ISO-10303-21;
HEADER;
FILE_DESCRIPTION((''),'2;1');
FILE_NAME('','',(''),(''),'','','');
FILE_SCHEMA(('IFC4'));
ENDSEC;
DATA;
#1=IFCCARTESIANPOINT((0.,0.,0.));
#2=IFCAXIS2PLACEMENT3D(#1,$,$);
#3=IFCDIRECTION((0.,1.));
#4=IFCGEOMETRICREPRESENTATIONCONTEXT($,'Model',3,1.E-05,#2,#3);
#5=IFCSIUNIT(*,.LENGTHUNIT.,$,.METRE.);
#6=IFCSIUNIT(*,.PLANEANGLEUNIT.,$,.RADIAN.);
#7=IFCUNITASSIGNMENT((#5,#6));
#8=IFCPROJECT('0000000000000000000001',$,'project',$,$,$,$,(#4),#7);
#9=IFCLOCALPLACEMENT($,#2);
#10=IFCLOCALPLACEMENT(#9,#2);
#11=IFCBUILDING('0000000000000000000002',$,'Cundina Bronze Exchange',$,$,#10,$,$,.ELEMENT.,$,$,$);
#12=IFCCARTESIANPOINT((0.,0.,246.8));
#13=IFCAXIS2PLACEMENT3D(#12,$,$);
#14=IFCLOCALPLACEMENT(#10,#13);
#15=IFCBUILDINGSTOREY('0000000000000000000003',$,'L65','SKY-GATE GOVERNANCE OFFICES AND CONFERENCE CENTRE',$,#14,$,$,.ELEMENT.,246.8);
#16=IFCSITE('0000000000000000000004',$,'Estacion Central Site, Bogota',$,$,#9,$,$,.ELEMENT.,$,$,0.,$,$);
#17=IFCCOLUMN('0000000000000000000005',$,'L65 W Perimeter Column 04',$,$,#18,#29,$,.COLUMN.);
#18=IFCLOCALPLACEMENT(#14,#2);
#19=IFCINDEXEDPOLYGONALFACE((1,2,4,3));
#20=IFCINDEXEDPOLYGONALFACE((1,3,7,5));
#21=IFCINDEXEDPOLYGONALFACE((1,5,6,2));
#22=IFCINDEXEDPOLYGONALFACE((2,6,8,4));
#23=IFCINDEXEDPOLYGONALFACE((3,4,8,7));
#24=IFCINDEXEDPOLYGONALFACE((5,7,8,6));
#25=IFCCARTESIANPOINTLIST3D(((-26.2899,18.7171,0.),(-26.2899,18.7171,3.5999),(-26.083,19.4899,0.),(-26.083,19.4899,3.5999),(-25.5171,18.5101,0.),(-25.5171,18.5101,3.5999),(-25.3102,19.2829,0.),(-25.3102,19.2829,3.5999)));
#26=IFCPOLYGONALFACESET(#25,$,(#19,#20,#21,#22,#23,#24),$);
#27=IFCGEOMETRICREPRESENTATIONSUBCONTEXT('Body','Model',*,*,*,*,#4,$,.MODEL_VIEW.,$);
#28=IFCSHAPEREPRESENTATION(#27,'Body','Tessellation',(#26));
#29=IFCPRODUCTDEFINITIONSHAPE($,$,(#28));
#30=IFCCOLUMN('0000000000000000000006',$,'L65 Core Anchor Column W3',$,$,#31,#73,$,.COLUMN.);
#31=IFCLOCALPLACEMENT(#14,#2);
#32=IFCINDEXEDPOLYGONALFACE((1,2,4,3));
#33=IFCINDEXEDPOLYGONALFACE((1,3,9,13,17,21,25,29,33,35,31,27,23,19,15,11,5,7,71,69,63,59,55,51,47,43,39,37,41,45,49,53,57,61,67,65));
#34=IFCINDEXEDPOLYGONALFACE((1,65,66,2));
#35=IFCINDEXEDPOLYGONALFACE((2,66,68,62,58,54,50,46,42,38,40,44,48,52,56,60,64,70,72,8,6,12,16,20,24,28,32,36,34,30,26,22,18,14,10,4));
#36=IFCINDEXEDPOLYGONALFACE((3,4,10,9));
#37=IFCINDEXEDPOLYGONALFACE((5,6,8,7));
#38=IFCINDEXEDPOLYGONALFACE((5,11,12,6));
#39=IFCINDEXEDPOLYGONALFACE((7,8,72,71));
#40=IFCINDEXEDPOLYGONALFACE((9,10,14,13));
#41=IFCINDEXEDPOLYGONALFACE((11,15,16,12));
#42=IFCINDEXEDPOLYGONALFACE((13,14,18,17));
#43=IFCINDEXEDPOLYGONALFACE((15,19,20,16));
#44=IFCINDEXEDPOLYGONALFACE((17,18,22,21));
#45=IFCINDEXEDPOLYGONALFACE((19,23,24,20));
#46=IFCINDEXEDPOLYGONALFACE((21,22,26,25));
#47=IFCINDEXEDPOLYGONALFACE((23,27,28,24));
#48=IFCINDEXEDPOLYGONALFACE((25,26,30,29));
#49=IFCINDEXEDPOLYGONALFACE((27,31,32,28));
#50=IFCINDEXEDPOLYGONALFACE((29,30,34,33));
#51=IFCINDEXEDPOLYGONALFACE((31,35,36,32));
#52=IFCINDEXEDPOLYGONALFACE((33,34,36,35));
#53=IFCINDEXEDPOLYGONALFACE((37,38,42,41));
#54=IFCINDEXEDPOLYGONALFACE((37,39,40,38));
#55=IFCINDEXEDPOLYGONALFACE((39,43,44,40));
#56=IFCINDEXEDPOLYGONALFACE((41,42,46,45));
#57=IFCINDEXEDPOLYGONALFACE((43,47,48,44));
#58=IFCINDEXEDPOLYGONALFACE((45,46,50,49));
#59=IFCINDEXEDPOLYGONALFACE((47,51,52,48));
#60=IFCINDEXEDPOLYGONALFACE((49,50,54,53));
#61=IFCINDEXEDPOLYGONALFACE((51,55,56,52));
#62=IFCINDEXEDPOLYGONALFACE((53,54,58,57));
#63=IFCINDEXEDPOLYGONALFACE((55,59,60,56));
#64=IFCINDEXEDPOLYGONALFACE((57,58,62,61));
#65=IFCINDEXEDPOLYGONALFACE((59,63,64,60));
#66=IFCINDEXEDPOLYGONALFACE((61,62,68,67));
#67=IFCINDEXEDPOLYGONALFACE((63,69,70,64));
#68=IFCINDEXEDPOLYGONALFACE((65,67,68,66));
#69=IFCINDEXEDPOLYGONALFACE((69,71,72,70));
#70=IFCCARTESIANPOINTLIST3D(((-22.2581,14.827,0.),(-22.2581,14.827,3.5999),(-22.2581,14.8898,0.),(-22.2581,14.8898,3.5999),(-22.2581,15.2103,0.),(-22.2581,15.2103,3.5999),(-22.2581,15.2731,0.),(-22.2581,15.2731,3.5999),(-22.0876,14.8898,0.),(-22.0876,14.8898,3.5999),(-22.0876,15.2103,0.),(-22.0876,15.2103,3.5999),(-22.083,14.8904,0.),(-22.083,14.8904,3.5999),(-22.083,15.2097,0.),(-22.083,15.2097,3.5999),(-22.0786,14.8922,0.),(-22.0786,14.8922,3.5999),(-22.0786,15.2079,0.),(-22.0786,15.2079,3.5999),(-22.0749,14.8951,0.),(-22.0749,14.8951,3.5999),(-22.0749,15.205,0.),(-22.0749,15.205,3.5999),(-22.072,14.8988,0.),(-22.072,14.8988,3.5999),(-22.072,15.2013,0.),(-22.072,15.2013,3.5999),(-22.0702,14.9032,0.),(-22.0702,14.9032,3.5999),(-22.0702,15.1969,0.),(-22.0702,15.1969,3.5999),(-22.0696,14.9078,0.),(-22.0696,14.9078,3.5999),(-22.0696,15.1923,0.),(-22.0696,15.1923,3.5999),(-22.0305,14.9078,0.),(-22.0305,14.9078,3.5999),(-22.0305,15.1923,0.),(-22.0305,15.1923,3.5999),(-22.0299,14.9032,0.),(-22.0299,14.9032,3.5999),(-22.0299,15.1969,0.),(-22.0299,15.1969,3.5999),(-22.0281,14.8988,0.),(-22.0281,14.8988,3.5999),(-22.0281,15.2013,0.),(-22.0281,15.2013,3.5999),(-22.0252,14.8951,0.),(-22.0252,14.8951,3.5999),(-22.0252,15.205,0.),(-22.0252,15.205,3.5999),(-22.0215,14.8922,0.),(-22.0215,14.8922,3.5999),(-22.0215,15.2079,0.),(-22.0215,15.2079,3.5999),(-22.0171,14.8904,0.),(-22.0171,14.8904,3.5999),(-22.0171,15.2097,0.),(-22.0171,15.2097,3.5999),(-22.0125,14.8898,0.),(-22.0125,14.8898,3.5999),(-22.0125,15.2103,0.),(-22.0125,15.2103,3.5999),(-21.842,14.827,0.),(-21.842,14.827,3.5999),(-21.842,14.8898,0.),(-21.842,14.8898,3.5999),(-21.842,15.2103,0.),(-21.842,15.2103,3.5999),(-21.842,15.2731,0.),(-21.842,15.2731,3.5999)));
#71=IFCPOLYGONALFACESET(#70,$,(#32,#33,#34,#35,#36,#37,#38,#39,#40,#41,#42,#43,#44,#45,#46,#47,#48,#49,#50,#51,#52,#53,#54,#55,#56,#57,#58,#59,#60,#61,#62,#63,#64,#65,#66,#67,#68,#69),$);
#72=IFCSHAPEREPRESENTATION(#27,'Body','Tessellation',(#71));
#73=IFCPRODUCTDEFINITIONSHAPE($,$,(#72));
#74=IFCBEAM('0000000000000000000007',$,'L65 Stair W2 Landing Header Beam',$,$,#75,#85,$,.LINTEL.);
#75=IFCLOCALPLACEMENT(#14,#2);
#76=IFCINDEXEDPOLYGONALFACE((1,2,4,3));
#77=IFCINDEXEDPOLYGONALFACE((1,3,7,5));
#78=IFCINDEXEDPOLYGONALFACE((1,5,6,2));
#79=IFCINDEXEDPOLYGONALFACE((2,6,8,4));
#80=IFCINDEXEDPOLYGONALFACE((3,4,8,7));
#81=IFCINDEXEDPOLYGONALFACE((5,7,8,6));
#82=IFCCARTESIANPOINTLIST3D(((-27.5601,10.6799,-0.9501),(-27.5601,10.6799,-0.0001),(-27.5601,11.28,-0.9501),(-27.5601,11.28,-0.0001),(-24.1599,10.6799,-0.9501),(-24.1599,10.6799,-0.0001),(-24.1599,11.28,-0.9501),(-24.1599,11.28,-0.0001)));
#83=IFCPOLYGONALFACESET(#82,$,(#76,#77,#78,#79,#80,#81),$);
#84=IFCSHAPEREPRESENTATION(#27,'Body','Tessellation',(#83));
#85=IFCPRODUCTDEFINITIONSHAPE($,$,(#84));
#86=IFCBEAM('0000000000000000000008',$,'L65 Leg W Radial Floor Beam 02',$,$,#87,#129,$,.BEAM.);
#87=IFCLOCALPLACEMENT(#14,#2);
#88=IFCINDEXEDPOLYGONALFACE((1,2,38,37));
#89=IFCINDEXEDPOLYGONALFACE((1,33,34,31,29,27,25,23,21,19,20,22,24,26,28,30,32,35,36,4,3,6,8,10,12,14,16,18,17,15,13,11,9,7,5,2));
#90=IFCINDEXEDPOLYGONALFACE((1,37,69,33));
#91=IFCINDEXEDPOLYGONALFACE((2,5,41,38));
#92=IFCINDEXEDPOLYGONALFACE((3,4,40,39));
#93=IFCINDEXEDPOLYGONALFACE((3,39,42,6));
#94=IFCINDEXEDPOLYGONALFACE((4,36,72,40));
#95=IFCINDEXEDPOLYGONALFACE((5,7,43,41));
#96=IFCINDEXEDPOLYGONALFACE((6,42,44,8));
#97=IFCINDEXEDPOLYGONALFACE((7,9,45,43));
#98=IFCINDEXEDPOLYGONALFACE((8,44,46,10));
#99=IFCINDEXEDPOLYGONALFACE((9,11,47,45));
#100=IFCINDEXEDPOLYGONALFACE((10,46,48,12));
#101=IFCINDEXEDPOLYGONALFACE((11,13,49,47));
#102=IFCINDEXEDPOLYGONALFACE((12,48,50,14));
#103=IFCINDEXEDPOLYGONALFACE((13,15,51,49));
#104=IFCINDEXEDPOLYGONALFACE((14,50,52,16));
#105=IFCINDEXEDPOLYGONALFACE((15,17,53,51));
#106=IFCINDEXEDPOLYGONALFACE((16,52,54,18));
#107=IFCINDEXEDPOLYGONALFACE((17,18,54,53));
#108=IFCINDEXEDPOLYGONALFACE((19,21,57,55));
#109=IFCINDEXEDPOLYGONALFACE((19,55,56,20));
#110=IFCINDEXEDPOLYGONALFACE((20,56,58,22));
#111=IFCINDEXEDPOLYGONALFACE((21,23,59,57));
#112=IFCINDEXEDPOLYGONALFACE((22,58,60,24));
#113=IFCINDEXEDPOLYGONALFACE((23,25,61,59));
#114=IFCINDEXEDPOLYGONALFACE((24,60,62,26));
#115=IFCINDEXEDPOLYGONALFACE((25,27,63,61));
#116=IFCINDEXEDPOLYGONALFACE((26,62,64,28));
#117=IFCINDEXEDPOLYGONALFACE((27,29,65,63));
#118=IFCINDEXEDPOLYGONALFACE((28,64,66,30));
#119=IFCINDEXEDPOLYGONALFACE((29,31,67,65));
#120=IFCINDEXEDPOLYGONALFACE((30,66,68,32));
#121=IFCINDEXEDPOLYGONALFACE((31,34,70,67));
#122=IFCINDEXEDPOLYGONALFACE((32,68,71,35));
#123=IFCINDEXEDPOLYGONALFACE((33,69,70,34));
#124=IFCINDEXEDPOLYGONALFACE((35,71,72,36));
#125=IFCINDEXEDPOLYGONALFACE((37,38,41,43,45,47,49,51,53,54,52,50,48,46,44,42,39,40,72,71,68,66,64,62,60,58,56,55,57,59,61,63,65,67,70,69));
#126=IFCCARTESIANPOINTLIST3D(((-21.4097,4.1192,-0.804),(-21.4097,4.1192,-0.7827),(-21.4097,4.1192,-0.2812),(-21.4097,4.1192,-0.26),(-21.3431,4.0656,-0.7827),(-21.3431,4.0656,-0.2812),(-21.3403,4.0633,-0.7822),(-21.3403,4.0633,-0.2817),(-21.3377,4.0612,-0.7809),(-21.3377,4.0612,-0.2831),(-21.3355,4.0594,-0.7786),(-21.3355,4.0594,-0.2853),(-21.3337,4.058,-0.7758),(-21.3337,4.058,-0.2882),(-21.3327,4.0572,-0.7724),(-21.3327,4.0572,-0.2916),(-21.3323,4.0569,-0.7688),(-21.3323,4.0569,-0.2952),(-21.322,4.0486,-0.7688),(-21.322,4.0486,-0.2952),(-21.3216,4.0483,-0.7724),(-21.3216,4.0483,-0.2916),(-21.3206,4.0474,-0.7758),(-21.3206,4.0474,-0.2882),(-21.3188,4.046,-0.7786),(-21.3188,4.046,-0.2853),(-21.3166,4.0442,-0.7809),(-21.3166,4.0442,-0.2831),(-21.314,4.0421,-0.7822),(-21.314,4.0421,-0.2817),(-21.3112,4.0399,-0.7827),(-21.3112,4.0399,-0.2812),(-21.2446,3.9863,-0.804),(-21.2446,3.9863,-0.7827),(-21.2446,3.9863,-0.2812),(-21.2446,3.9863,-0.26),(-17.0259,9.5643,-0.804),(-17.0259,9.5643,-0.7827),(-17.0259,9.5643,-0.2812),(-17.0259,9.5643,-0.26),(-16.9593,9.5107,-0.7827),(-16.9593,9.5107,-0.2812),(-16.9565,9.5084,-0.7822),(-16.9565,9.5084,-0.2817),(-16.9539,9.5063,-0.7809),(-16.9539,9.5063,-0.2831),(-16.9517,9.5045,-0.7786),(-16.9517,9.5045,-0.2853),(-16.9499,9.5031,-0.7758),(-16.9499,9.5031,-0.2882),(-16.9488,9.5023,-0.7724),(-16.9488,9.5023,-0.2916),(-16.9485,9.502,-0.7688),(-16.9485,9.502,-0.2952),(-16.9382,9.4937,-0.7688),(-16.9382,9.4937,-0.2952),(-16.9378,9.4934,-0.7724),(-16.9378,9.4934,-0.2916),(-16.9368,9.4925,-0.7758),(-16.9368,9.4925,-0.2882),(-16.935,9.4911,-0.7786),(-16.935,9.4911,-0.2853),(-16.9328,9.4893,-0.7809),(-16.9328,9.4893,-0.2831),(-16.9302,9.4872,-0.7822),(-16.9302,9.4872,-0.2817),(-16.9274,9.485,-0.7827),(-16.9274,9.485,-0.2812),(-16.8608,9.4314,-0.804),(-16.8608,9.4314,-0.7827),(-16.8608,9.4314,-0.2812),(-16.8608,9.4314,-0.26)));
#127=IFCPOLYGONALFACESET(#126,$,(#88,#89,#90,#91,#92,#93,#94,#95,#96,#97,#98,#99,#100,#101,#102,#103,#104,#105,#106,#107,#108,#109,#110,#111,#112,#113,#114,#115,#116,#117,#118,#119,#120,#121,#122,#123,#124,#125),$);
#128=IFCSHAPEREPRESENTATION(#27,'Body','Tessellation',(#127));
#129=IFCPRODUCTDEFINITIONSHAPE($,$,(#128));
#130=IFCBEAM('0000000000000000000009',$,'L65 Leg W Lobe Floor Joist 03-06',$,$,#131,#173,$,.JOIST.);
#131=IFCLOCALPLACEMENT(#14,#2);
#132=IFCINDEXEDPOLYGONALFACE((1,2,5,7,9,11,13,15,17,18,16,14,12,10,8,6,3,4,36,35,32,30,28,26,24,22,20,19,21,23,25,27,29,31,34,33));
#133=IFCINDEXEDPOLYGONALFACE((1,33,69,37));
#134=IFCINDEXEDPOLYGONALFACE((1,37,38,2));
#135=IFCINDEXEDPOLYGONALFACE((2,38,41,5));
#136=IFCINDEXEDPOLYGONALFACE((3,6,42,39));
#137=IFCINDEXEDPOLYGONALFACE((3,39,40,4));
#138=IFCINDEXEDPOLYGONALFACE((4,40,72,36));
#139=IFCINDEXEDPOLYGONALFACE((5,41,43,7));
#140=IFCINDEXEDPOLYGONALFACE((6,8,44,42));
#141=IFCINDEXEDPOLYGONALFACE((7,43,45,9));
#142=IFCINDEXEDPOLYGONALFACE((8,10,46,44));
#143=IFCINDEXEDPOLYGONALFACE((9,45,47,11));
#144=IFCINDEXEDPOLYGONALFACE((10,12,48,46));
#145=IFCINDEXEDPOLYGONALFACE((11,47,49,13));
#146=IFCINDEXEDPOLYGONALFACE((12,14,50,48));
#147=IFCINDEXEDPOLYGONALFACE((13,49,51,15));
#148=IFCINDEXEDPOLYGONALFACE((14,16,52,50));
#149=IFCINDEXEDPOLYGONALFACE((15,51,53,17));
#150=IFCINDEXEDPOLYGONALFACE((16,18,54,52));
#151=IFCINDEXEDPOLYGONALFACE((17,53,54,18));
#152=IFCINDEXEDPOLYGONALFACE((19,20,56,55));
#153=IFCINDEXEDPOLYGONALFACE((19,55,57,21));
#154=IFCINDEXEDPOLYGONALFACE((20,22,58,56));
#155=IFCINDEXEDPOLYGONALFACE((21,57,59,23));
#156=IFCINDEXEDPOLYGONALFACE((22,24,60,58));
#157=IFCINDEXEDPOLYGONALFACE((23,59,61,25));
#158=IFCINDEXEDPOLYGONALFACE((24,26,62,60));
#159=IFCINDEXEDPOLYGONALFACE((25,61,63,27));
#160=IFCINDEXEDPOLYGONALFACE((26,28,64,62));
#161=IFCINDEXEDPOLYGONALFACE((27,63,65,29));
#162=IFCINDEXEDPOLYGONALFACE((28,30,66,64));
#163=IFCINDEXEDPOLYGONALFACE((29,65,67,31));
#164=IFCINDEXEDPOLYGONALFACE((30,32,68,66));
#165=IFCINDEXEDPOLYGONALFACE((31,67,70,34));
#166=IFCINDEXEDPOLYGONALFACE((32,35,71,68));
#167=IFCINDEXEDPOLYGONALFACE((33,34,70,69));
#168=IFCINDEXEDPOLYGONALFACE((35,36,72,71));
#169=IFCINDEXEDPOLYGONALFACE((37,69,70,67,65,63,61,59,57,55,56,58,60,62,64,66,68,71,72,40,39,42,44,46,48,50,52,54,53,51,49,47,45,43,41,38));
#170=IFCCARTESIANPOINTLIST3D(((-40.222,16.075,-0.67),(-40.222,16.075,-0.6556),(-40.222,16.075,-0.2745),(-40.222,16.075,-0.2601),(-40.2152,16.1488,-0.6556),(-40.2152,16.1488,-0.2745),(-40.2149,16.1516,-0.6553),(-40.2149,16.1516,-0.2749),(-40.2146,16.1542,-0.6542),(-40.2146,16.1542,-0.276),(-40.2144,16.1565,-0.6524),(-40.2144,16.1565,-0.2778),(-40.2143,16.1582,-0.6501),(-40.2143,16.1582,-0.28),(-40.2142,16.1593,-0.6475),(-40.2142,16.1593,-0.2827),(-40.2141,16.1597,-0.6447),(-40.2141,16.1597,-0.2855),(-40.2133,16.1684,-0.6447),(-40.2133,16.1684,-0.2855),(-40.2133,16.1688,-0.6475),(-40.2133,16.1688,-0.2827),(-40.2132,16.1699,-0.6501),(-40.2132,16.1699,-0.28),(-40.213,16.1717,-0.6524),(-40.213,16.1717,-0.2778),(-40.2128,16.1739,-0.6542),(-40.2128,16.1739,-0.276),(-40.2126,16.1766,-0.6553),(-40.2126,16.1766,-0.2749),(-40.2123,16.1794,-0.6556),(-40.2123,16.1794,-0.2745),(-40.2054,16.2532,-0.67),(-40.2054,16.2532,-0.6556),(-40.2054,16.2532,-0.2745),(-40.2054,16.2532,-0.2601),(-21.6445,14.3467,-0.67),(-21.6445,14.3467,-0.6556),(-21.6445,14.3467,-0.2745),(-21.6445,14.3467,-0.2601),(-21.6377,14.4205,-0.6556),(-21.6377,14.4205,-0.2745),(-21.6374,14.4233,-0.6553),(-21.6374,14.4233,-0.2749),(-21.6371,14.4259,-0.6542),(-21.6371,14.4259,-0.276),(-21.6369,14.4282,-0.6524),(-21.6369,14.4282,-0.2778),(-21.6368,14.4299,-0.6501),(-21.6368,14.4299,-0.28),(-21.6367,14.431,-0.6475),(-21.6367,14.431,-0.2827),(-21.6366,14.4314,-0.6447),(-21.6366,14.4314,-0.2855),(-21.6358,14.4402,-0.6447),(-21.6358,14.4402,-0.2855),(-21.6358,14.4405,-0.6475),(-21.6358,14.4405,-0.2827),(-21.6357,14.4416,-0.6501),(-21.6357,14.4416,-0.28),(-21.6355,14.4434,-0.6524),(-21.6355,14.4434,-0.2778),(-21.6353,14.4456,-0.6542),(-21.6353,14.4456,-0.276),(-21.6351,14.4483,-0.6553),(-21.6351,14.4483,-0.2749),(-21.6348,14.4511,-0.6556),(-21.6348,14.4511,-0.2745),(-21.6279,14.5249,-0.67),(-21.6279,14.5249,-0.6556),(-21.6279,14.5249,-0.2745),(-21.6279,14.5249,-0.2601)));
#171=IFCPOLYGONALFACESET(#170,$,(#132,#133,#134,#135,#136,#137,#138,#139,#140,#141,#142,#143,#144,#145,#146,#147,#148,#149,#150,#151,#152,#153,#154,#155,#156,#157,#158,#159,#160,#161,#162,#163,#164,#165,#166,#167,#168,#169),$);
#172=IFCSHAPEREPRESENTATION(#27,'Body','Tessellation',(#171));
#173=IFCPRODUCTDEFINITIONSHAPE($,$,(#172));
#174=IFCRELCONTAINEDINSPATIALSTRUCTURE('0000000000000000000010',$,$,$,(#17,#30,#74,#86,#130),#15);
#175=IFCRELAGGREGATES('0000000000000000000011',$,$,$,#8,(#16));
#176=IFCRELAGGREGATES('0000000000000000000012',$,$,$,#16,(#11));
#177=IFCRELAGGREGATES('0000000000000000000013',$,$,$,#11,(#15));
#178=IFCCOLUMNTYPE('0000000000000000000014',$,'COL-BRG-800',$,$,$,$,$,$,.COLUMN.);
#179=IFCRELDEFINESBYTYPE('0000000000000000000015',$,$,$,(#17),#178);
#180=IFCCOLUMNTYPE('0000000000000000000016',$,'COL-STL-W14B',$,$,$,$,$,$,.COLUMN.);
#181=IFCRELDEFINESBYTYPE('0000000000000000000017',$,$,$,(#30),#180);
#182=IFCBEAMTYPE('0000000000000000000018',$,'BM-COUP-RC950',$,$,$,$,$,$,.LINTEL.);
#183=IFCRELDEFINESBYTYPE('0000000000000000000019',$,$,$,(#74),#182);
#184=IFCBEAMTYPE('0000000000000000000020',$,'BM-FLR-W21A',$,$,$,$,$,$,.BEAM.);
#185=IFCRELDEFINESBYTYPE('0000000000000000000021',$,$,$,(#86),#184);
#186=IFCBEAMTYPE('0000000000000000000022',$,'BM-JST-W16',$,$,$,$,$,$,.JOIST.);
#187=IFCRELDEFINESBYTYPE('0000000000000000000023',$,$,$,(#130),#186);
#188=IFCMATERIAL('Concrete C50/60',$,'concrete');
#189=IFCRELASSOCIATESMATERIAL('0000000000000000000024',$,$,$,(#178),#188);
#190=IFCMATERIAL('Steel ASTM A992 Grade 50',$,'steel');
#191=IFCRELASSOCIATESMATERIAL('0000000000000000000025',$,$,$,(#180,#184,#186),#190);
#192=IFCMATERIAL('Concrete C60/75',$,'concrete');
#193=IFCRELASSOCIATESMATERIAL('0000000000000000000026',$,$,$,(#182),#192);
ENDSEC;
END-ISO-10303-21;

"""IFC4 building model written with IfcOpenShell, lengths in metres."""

from ifc_helpers import new_model, si_unit, direction, frame, origin, origin_2d, place, context, subcontext, project, spatial, rectangle, i_section, extrude, material, material_profile, profile_set, type_object, element, save


model = new_model("IFC4")

# Units and contexts
model_context = context("Model", 3, precision=1e-05, world=origin(), true_north=direction((0.0, 1.0)))
body_context = subcontext(model_context, "Body", "Model", "MODEL_VIEW")
ifc_project = project(units=[si_unit("LENGTHUNIT", "METRE"), si_unit("PLANEANGLEUNIT", "RADIAN")], contexts=[model_context])

# Site, building, storey
site_placement = place(None, origin())
site = spatial("IfcSite", under=ifc_project, at=site_placement, Name="Estacion Central Site, Bogota", CompositionType="ELEMENT", RefElevation=0.0)
building_placement = place(site_placement, origin())
building = spatial("IfcBuilding", under=site, at=building_placement, Name="Cundina Bronze Exchange", CompositionType="ELEMENT")
storey_placement = place(building_placement, frame((0.0, 0.0, 246.8)))
storey = spatial("IfcBuildingStorey", under=building, at=storey_placement, Name="L65", Description="SKY-GATE GOVERNANCE OFFICES AND CONFERENCE CENTRE", CompositionType="ELEMENT", Elevation=246.8)

# Columns
ifc_material_1 = material(Name="Concrete C50/60", Category="concrete")
ifc_material_profile_1 = material_profile(ifc_material_1, rectangle(XDim=0.8, YDim=0.8, at=origin_2d()), Name="RC800X800", Category="concrete")
ifc_profile_set_1 = profile_set([ifc_material_profile_1], Name="Concrete C50/60")
column_type_1 = type_object("IfcColumnType", Name="COL-BRG-800", PredefinedType="COLUMN", material=ifc_profile_set_1)
column_1_placement = place(storey_placement, frame((-25.8, 19.0, 0.0), z_axis=(0.0, 0.0, 1.0), x_axis=(-0.965971, 0.25865, 0.0)))
element("IfcColumn", 1, at=column_1_placement, inside=storey, type_object=column_type_1, Name="L65 W Perimeter Column 04", PredefinedType="COLUMN", context=body_context, shape_type="SweptSolid", body=[
    extrude(rectangle(XDim=0.8, YDim=0.8, at=origin_2d()), origin(), (0.0, 0.0, 1.0), 3.5999),
])
ifc_material_2 = material(Name="Steel ASTM A992 Grade 50", Category="steel")
ifc_material_profile_2 = material_profile(ifc_material_2, i_section(OverallWidth=0.416, OverallDepth=0.446, WebThickness=0.0391, FlangeThickness=0.0627, FilletRadius=0.0181, at=origin_2d()), Name="W14X342", Category="steel")
ifc_profile_set_2 = profile_set([ifc_material_profile_2], Name="Steel ASTM A992 Grade 50")
column_type_2 = type_object("IfcColumnType", Name="COL-STL-W14B", PredefinedType="COLUMN", material=ifc_profile_set_2)
column_2_placement = place(storey_placement, frame((-22.05, 15.05, 0.0), z_axis=(0.0, 0.0, 1.0), x_axis=(1.0, 0.0, 0.0)))
element("IfcColumn", 2, at=column_2_placement, inside=storey, type_object=column_type_2, Name="L65 Core Anchor Column W3", PredefinedType="COLUMN", context=body_context, shape_type="SweptSolid", body=[
    extrude(i_section(OverallWidth=0.416, OverallDepth=0.446, WebThickness=0.0391, FlangeThickness=0.0627, FilletRadius=0.0181, at=origin_2d()), origin(), (0.0, 0.0, 1.0), 3.5999),
])

# Beams
ifc_material_3 = material(Name="Concrete C60/75", Category="concrete")
ifc_material_profile_3 = material_profile(ifc_material_3, rectangle(XDim=0.6001, YDim=0.95, at=origin_2d()), Name="RC600X950", Category="concrete")
ifc_profile_set_3 = profile_set([ifc_material_profile_3], Name="Concrete C60/75")
beam_type_1 = type_object("IfcBeamType", Name="BM-COUP-RC950", PredefinedType="LINTEL", material=ifc_profile_set_3)
beam_1_placement = place(storey_placement, frame((-27.5601, 10.98, -0.4751), z_axis=(1.0, 0.0, 0.0), x_axis=(0.0, 1.0, 0.0)))
element("IfcBeam", 3, at=beam_1_placement, inside=storey, type_object=beam_type_1, Name="L65 Stair W2 Landing Header Beam", PredefinedType="LINTEL", context=body_context, shape_type="SweptSolid", body=[
    extrude(rectangle(XDim=0.6001, YDim=0.95, at=origin_2d()), origin(), (0.0, 0.0, 1.0), 3.4001),
])
ifc_material_profile_4 = material_profile(ifc_material_2, i_section(OverallWidth=0.2119, OverallDepth=0.5439, WebThickness=0.0132, FlangeThickness=0.0212, FilletRadius=0.0139, at=origin_2d()), Name="W21X83", Category="steel")
ifc_profile_set_4 = profile_set([ifc_material_profile_4], Name="Steel ASTM A992 Grade 50")
beam_type_2 = type_object("IfcBeamType", Name="BM-FLR-W21A", PredefinedType="BEAM", material=ifc_profile_set_4)
beam_2_placement = place(storey_placement, frame((-21.3271, 4.0527, -0.532), z_axis=(0.627111, 0.77893, 0.0), x_axis=(-0.77893, 0.627111, 0.0)))
element("IfcBeam", 4, at=beam_2_placement, inside=storey, type_object=beam_type_2, Name="L65 Leg W Radial Floor Beam 02", PredefinedType="BEAM", context=body_context, shape_type="SweptSolid", body=[
    extrude(i_section(OverallWidth=0.2119, OverallDepth=0.5439, WebThickness=0.0132, FlangeThickness=0.0212, FilletRadius=0.0139, at=origin_2d()), origin(), (0.0, 0.0, 1.0), 6.9905),
])
ifc_material_profile_5 = material_profile(ifc_material_2, i_section(OverallWidth=0.179, OverallDepth=0.4099, WebThickness=0.0088, FlangeThickness=0.0144, FilletRadius=0.011, at=origin_2d()), Name="W16X45", Category="steel")
ifc_profile_set_5 = profile_set([ifc_material_profile_5], Name="Steel ASTM A992 Grade 50")
beam_type_3 = type_object("IfcBeamType", Name="BM-JST-W16", PredefinedType="JOIST", material=ifc_profile_set_5)
beam_3_placement = place(storey_placement, frame((-21.6362, 14.4358, -0.4651), z_axis=(-0.995701, 0.092631, 0.0), x_axis=(-0.092631, -0.995701, 0.0)))
element("IfcBeam", 5, at=beam_3_placement, inside=storey, type_object=beam_type_3, Name="L65 Leg W Lobe Floor Joist 03-06", PredefinedType="JOIST", context=body_context, shape_type="SweptSolid", body=[
    extrude(i_section(OverallWidth=0.179, OverallDepth=0.4099, WebThickness=0.0088, FlangeThickness=0.0144, FilletRadius=0.011, at=origin_2d()), origin(), (0.0, 0.0, 1.0), 18.6577),
])

save(model, "model.ifc")
